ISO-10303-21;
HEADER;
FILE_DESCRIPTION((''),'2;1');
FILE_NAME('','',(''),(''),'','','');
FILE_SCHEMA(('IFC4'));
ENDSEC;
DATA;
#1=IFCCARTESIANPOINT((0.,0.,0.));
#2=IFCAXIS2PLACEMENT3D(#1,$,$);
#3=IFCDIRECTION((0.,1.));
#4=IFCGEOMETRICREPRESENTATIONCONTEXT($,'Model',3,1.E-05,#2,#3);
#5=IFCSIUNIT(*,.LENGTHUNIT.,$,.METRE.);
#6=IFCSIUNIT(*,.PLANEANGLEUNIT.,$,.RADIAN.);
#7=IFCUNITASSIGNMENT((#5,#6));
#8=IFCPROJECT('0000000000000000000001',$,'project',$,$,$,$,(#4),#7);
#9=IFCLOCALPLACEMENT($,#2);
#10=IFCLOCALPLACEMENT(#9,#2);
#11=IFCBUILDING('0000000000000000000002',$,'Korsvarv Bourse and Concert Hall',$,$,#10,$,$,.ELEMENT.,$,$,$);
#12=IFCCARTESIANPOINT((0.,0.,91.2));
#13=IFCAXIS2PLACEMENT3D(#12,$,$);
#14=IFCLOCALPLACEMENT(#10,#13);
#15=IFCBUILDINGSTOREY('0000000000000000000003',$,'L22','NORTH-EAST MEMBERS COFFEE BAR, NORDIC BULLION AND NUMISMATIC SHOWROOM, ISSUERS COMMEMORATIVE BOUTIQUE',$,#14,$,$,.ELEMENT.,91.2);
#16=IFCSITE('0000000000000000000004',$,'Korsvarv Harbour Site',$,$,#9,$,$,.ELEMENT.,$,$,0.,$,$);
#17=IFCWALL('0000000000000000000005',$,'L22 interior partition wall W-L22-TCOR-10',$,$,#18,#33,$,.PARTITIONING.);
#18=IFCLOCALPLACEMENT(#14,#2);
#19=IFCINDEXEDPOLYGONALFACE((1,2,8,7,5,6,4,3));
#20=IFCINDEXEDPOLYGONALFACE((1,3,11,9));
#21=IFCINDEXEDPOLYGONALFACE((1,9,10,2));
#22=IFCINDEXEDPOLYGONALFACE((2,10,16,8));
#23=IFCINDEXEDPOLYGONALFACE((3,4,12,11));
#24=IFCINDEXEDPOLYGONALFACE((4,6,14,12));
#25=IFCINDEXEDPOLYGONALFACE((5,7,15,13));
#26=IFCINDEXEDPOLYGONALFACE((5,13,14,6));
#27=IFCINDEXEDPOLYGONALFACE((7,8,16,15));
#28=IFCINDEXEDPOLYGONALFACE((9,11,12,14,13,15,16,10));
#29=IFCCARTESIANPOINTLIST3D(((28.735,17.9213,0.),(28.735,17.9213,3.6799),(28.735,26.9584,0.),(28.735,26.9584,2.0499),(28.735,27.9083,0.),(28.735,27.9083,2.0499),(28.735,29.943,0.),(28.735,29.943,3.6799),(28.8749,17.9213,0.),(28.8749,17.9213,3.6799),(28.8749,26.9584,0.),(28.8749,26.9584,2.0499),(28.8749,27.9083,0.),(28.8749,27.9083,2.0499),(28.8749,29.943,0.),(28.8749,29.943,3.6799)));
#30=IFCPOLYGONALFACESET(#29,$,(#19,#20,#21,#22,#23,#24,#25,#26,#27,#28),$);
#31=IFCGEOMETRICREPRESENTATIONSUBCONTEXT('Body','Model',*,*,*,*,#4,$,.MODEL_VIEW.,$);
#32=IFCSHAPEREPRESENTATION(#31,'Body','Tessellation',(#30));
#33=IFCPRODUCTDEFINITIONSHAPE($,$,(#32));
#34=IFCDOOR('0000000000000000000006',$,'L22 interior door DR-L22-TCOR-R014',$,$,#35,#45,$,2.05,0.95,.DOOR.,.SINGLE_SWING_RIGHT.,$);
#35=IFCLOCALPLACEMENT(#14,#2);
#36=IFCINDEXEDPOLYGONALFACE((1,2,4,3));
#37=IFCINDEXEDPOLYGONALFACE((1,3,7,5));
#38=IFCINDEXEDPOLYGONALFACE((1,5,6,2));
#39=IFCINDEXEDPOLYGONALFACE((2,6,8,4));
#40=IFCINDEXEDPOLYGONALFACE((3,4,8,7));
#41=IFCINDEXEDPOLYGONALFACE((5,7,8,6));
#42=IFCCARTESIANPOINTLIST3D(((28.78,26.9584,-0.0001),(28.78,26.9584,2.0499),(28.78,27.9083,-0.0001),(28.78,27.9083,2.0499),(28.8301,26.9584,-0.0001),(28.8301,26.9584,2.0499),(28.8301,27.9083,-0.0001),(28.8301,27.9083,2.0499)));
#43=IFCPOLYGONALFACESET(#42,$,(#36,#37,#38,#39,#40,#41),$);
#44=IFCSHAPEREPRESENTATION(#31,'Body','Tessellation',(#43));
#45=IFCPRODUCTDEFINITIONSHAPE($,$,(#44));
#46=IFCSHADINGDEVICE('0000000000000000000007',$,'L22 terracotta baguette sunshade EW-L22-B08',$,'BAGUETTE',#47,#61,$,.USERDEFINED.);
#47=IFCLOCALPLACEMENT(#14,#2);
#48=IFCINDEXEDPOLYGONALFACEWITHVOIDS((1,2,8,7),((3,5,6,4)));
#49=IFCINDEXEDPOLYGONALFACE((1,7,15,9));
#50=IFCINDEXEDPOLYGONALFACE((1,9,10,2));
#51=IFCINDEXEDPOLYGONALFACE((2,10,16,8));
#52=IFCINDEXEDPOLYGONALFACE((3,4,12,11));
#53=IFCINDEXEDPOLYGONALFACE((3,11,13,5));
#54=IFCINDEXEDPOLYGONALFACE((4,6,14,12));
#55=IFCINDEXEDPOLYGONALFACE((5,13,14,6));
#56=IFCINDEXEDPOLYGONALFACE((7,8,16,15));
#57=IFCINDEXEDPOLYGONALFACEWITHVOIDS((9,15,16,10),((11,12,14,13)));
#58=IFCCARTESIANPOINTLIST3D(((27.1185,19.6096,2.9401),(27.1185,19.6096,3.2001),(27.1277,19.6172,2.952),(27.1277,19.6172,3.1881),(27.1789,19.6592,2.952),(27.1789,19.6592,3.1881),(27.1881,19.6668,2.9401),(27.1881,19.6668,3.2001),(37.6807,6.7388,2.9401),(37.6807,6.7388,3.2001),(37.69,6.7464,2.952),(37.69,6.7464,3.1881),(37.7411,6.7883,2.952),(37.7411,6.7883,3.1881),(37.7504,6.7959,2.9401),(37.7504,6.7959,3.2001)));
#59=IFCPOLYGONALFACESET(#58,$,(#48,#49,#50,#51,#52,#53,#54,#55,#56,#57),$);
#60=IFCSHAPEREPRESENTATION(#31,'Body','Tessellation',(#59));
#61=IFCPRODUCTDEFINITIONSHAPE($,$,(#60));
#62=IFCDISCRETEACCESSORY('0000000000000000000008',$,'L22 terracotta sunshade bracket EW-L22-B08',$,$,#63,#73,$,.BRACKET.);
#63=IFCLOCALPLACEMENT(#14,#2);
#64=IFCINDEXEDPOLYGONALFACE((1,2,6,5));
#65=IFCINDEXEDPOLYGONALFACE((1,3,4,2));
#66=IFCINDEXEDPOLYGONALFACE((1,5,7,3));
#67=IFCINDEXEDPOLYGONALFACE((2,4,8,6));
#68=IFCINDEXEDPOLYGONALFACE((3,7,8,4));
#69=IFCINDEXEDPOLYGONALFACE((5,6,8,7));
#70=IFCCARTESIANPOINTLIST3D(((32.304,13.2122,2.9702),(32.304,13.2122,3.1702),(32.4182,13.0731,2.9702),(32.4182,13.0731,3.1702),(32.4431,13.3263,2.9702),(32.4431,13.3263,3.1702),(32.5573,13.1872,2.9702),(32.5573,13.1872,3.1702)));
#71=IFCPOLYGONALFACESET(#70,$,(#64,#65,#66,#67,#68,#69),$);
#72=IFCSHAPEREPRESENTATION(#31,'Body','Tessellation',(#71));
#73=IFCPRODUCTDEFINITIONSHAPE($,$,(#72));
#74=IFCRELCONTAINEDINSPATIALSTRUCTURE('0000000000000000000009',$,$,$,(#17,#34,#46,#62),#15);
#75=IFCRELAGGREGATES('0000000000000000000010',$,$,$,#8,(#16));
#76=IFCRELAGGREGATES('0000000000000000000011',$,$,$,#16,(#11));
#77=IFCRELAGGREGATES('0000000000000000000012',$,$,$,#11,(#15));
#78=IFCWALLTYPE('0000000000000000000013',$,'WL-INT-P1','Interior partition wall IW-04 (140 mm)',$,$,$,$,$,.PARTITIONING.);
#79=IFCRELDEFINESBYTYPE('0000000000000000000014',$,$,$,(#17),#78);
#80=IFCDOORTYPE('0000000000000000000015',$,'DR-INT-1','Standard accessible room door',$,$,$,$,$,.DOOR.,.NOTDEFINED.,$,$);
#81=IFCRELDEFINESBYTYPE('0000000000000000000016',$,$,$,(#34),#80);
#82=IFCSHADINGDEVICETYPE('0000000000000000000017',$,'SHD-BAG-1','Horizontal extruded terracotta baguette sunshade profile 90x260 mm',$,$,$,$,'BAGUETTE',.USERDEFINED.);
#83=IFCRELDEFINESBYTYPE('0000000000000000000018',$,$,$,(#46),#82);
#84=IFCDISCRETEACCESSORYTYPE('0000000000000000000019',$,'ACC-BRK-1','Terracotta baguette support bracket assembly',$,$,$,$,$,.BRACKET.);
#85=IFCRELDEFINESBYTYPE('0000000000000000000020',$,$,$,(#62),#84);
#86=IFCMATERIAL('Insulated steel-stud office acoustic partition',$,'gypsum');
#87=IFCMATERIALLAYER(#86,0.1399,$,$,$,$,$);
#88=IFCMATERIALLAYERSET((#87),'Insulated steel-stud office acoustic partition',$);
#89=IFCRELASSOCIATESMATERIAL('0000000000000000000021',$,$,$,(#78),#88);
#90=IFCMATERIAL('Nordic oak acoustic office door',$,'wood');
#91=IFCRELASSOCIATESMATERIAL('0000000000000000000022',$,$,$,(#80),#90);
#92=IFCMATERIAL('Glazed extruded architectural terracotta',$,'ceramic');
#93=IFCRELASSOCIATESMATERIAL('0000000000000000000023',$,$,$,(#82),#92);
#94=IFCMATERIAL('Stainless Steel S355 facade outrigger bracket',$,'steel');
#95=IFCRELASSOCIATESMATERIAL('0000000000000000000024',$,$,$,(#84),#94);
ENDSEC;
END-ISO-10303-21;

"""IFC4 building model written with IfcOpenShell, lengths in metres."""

from ifc_helpers import new_model, si_unit, direction, frame, frame_2d, origin, origin_2d, place, context, subcontext, project, spatial, rectangle, hollow_rectangle, extrude, source, transform, mapped, material, layer, layer_set, material_profile, profile_set, type_object, element, fill, save


model = new_model("IFC4")

# Units and contexts
model_context = context("Model", 3, precision=1e-05, world=origin(), true_north=direction((0.0, 1.0)))
body_context = subcontext(model_context, "Body", "Model", "MODEL_VIEW")
ifc_project = project(units=[si_unit("LENGTHUNIT", "METRE"), si_unit("PLANEANGLEUNIT", "RADIAN")], contexts=[model_context])

# Site, building, storey
site_placement = place(None, origin())
site = spatial("IfcSite", under=ifc_project, at=site_placement, Name="Korsvarv Harbour Site", CompositionType="ELEMENT", RefElevation=0.0)
building_placement = place(site_placement, origin())
building = spatial("IfcBuilding", under=site, at=building_placement, Name="Korsvarv Bourse and Concert Hall", CompositionType="ELEMENT")
storey_placement = place(building_placement, frame((0.0, 0.0, 91.2)))
storey = spatial("IfcBuildingStorey", under=building, at=storey_placement, Name="L22", Description="NORTH-EAST MEMBERS COFFEE BAR, NORDIC BULLION AND NUMISMATIC SHOWROOM, ISSUERS COMMEMORATIVE BOUTIQUE", CompositionType="ELEMENT", Elevation=91.2)

# Wall, opening, door
ifc_material_1 = material(Name="Insulated steel-stud office acoustic partition", Category="gypsum")
ifc_layer_1 = layer(ifc_material_1, 0.1399)
ifc_layer_set_1 = layer_set([ifc_layer_1], Name="Insulated steel-stud office acoustic partition")
wall_type_1 = type_object("IfcWallType", Name="WL-INT-P1", Description="Interior partition wall IW-04 (140 mm)", PredefinedType="PARTITIONING", material=ifc_layer_set_1)
wall_1_placement = place(storey_placement, frame((28.8049, 17.9214, 0.0), z_axis=(0.0, 0.0, 1.0), x_axis=(0.0, 1.0, 0.0)))
wall_1 = element("IfcWall", 1, at=wall_1_placement, inside=storey, type_object=wall_type_1, Name="L22 interior partition wall W-L22-TCOR-10", PredefinedType="PARTITIONING", context=body_context, shape_type="SweptSolid", body=[
    extrude(rectangle(XDim=12.0217, YDim=0.1399, at=frame_2d((6.0107, 0.0))), origin(), (0.0, 0.0, 1.0), 3.6799),
])
opening_1_placement = place(wall_1_placement, frame((9.0369, 0.0, 0.0)))
opening_1 = element("IfcOpeningElement", 2, at=opening_1_placement, cuts=wall_1, PredefinedType="OPENING", context=body_context, shape_type="SweptSolid", body=[
    extrude(rectangle(XDim=0.95, YDim=2.05, at=frame_2d((0.4751, 1.0249))), frame((0.0, 0.0801, 0.0), z_axis=(0.0, -1.0, 0.0), x_axis=(1.0, 0.0, 0.0)), (0.0, 0.0, 1.0), 0.1599),
])
ifc_material_2 = material(Name="Nordic oak acoustic office door", Category="wood")
door_type = type_object("IfcDoorType", Name="DR-INT-1", Description="Standard accessible room door", OperationType="NOTDEFINED", PredefinedType="DOOR", material=ifc_material_2)
door_placement = place(opening_1_placement, origin())
door = element("IfcDoor", 3, at=door_placement, inside=storey, type_object=door_type, Name="L22 interior door DR-L22-TCOR-R014", OperationType="SINGLE_SWING_RIGHT", OverallHeight=2.05, OverallWidth=0.95, PredefinedType="DOOR", context=body_context, shape_type="SweptSolid", body=[
    extrude(rectangle(XDim=0.95, YDim=2.05, at=frame_2d((0.4751, 1.0249))), frame((0.0, 0.0249, 0.0), z_axis=(0.0, -1.0, 0.0), x_axis=(1.0, 0.0, 0.0)), (0.0, 0.0, 1.0), 0.05),
])
fill(opening_1, door)

# Shading device
ifc_material_3 = material(Name="Glazed extruded architectural terracotta", Category="ceramic")
ifc_material_profile_1 = material_profile(ifc_material_3, hollow_rectangle(XDim=0.0901, YDim=0.26, WallThickness=0.012, at=origin_2d()), Name="TC-BAG 90x260")
ifc_profile_set_1 = profile_set([ifc_material_profile_1], Name="Glazed extruded architectural terracotta")
shading_device_type = type_object("IfcShadingDeviceType", Name="SHD-BAG-1", Description="Horizontal extruded terracotta baguette sunshade profile 90x260 mm", ElementType="BAGUETTE", PredefinedType="USERDEFINED", material=ifc_profile_set_1)
shared_shape_1 = source(origin(), body_context, "Body", "SweptSolid", [
    extrude(hollow_rectangle(XDim=0.0901, YDim=0.26, WallThickness=0.012, at=origin_2d()), origin(), (0.0, 0.0, 1.0), 16.6499),
])
shading_device_placement = place(storey_placement, frame((27.1533, 19.6382, 3.0701), z_axis=(0.634373, -0.773027, 0.0), x_axis=(0.773027, 0.634373, 0.0)))
element("IfcShadingDevice", 4, at=shading_device_placement, inside=storey, type_object=shading_device_type, Name="L22 terracotta baguette sunshade EW-L22-B08", ObjectType="BAGUETTE", PredefinedType="USERDEFINED", context=body_context, shape_type="MappedRepresentation", body=[
    mapped(shared_shape_1, transform((0.0, 0.0, 0.0), scale=1.0)),
])

# Discrete accessory
ifc_material_4 = material(Name="Stainless Steel S355 facade outrigger bracket", Category="steel")
discrete_accessory_type = type_object("IfcDiscreteAccessoryType", Name="ACC-BRK-1", Description="Terracotta baguette support bracket assembly", PredefinedType="BRACKET", material=ifc_material_4)
shared_shape_2 = source(origin(), body_context, "Body", "SweptSolid", [
    extrude(rectangle(XDim=0.1799, YDim=0.1799, at=origin_2d()), origin(), (0.0, 0.0, 1.0), 0.2),
])
discrete_accessory_placement = place(storey_placement, frame((32.4307, 13.1997, 2.9702), z_axis=(0.0, 0.0, 1.0), x_axis=(0.634326, -0.773066, 0.0)))
element("IfcDiscreteAccessory", 5, at=discrete_accessory_placement, inside=storey, type_object=discrete_accessory_type, Name="L22 terracotta sunshade bracket EW-L22-B08", PredefinedType="BRACKET", context=body_context, shape_type="MappedRepresentation", body=[
    mapped(shared_shape_2, transform((0.0, 0.0, 0.0), scale=1.0)),
])

save(model, "model.ifc")
